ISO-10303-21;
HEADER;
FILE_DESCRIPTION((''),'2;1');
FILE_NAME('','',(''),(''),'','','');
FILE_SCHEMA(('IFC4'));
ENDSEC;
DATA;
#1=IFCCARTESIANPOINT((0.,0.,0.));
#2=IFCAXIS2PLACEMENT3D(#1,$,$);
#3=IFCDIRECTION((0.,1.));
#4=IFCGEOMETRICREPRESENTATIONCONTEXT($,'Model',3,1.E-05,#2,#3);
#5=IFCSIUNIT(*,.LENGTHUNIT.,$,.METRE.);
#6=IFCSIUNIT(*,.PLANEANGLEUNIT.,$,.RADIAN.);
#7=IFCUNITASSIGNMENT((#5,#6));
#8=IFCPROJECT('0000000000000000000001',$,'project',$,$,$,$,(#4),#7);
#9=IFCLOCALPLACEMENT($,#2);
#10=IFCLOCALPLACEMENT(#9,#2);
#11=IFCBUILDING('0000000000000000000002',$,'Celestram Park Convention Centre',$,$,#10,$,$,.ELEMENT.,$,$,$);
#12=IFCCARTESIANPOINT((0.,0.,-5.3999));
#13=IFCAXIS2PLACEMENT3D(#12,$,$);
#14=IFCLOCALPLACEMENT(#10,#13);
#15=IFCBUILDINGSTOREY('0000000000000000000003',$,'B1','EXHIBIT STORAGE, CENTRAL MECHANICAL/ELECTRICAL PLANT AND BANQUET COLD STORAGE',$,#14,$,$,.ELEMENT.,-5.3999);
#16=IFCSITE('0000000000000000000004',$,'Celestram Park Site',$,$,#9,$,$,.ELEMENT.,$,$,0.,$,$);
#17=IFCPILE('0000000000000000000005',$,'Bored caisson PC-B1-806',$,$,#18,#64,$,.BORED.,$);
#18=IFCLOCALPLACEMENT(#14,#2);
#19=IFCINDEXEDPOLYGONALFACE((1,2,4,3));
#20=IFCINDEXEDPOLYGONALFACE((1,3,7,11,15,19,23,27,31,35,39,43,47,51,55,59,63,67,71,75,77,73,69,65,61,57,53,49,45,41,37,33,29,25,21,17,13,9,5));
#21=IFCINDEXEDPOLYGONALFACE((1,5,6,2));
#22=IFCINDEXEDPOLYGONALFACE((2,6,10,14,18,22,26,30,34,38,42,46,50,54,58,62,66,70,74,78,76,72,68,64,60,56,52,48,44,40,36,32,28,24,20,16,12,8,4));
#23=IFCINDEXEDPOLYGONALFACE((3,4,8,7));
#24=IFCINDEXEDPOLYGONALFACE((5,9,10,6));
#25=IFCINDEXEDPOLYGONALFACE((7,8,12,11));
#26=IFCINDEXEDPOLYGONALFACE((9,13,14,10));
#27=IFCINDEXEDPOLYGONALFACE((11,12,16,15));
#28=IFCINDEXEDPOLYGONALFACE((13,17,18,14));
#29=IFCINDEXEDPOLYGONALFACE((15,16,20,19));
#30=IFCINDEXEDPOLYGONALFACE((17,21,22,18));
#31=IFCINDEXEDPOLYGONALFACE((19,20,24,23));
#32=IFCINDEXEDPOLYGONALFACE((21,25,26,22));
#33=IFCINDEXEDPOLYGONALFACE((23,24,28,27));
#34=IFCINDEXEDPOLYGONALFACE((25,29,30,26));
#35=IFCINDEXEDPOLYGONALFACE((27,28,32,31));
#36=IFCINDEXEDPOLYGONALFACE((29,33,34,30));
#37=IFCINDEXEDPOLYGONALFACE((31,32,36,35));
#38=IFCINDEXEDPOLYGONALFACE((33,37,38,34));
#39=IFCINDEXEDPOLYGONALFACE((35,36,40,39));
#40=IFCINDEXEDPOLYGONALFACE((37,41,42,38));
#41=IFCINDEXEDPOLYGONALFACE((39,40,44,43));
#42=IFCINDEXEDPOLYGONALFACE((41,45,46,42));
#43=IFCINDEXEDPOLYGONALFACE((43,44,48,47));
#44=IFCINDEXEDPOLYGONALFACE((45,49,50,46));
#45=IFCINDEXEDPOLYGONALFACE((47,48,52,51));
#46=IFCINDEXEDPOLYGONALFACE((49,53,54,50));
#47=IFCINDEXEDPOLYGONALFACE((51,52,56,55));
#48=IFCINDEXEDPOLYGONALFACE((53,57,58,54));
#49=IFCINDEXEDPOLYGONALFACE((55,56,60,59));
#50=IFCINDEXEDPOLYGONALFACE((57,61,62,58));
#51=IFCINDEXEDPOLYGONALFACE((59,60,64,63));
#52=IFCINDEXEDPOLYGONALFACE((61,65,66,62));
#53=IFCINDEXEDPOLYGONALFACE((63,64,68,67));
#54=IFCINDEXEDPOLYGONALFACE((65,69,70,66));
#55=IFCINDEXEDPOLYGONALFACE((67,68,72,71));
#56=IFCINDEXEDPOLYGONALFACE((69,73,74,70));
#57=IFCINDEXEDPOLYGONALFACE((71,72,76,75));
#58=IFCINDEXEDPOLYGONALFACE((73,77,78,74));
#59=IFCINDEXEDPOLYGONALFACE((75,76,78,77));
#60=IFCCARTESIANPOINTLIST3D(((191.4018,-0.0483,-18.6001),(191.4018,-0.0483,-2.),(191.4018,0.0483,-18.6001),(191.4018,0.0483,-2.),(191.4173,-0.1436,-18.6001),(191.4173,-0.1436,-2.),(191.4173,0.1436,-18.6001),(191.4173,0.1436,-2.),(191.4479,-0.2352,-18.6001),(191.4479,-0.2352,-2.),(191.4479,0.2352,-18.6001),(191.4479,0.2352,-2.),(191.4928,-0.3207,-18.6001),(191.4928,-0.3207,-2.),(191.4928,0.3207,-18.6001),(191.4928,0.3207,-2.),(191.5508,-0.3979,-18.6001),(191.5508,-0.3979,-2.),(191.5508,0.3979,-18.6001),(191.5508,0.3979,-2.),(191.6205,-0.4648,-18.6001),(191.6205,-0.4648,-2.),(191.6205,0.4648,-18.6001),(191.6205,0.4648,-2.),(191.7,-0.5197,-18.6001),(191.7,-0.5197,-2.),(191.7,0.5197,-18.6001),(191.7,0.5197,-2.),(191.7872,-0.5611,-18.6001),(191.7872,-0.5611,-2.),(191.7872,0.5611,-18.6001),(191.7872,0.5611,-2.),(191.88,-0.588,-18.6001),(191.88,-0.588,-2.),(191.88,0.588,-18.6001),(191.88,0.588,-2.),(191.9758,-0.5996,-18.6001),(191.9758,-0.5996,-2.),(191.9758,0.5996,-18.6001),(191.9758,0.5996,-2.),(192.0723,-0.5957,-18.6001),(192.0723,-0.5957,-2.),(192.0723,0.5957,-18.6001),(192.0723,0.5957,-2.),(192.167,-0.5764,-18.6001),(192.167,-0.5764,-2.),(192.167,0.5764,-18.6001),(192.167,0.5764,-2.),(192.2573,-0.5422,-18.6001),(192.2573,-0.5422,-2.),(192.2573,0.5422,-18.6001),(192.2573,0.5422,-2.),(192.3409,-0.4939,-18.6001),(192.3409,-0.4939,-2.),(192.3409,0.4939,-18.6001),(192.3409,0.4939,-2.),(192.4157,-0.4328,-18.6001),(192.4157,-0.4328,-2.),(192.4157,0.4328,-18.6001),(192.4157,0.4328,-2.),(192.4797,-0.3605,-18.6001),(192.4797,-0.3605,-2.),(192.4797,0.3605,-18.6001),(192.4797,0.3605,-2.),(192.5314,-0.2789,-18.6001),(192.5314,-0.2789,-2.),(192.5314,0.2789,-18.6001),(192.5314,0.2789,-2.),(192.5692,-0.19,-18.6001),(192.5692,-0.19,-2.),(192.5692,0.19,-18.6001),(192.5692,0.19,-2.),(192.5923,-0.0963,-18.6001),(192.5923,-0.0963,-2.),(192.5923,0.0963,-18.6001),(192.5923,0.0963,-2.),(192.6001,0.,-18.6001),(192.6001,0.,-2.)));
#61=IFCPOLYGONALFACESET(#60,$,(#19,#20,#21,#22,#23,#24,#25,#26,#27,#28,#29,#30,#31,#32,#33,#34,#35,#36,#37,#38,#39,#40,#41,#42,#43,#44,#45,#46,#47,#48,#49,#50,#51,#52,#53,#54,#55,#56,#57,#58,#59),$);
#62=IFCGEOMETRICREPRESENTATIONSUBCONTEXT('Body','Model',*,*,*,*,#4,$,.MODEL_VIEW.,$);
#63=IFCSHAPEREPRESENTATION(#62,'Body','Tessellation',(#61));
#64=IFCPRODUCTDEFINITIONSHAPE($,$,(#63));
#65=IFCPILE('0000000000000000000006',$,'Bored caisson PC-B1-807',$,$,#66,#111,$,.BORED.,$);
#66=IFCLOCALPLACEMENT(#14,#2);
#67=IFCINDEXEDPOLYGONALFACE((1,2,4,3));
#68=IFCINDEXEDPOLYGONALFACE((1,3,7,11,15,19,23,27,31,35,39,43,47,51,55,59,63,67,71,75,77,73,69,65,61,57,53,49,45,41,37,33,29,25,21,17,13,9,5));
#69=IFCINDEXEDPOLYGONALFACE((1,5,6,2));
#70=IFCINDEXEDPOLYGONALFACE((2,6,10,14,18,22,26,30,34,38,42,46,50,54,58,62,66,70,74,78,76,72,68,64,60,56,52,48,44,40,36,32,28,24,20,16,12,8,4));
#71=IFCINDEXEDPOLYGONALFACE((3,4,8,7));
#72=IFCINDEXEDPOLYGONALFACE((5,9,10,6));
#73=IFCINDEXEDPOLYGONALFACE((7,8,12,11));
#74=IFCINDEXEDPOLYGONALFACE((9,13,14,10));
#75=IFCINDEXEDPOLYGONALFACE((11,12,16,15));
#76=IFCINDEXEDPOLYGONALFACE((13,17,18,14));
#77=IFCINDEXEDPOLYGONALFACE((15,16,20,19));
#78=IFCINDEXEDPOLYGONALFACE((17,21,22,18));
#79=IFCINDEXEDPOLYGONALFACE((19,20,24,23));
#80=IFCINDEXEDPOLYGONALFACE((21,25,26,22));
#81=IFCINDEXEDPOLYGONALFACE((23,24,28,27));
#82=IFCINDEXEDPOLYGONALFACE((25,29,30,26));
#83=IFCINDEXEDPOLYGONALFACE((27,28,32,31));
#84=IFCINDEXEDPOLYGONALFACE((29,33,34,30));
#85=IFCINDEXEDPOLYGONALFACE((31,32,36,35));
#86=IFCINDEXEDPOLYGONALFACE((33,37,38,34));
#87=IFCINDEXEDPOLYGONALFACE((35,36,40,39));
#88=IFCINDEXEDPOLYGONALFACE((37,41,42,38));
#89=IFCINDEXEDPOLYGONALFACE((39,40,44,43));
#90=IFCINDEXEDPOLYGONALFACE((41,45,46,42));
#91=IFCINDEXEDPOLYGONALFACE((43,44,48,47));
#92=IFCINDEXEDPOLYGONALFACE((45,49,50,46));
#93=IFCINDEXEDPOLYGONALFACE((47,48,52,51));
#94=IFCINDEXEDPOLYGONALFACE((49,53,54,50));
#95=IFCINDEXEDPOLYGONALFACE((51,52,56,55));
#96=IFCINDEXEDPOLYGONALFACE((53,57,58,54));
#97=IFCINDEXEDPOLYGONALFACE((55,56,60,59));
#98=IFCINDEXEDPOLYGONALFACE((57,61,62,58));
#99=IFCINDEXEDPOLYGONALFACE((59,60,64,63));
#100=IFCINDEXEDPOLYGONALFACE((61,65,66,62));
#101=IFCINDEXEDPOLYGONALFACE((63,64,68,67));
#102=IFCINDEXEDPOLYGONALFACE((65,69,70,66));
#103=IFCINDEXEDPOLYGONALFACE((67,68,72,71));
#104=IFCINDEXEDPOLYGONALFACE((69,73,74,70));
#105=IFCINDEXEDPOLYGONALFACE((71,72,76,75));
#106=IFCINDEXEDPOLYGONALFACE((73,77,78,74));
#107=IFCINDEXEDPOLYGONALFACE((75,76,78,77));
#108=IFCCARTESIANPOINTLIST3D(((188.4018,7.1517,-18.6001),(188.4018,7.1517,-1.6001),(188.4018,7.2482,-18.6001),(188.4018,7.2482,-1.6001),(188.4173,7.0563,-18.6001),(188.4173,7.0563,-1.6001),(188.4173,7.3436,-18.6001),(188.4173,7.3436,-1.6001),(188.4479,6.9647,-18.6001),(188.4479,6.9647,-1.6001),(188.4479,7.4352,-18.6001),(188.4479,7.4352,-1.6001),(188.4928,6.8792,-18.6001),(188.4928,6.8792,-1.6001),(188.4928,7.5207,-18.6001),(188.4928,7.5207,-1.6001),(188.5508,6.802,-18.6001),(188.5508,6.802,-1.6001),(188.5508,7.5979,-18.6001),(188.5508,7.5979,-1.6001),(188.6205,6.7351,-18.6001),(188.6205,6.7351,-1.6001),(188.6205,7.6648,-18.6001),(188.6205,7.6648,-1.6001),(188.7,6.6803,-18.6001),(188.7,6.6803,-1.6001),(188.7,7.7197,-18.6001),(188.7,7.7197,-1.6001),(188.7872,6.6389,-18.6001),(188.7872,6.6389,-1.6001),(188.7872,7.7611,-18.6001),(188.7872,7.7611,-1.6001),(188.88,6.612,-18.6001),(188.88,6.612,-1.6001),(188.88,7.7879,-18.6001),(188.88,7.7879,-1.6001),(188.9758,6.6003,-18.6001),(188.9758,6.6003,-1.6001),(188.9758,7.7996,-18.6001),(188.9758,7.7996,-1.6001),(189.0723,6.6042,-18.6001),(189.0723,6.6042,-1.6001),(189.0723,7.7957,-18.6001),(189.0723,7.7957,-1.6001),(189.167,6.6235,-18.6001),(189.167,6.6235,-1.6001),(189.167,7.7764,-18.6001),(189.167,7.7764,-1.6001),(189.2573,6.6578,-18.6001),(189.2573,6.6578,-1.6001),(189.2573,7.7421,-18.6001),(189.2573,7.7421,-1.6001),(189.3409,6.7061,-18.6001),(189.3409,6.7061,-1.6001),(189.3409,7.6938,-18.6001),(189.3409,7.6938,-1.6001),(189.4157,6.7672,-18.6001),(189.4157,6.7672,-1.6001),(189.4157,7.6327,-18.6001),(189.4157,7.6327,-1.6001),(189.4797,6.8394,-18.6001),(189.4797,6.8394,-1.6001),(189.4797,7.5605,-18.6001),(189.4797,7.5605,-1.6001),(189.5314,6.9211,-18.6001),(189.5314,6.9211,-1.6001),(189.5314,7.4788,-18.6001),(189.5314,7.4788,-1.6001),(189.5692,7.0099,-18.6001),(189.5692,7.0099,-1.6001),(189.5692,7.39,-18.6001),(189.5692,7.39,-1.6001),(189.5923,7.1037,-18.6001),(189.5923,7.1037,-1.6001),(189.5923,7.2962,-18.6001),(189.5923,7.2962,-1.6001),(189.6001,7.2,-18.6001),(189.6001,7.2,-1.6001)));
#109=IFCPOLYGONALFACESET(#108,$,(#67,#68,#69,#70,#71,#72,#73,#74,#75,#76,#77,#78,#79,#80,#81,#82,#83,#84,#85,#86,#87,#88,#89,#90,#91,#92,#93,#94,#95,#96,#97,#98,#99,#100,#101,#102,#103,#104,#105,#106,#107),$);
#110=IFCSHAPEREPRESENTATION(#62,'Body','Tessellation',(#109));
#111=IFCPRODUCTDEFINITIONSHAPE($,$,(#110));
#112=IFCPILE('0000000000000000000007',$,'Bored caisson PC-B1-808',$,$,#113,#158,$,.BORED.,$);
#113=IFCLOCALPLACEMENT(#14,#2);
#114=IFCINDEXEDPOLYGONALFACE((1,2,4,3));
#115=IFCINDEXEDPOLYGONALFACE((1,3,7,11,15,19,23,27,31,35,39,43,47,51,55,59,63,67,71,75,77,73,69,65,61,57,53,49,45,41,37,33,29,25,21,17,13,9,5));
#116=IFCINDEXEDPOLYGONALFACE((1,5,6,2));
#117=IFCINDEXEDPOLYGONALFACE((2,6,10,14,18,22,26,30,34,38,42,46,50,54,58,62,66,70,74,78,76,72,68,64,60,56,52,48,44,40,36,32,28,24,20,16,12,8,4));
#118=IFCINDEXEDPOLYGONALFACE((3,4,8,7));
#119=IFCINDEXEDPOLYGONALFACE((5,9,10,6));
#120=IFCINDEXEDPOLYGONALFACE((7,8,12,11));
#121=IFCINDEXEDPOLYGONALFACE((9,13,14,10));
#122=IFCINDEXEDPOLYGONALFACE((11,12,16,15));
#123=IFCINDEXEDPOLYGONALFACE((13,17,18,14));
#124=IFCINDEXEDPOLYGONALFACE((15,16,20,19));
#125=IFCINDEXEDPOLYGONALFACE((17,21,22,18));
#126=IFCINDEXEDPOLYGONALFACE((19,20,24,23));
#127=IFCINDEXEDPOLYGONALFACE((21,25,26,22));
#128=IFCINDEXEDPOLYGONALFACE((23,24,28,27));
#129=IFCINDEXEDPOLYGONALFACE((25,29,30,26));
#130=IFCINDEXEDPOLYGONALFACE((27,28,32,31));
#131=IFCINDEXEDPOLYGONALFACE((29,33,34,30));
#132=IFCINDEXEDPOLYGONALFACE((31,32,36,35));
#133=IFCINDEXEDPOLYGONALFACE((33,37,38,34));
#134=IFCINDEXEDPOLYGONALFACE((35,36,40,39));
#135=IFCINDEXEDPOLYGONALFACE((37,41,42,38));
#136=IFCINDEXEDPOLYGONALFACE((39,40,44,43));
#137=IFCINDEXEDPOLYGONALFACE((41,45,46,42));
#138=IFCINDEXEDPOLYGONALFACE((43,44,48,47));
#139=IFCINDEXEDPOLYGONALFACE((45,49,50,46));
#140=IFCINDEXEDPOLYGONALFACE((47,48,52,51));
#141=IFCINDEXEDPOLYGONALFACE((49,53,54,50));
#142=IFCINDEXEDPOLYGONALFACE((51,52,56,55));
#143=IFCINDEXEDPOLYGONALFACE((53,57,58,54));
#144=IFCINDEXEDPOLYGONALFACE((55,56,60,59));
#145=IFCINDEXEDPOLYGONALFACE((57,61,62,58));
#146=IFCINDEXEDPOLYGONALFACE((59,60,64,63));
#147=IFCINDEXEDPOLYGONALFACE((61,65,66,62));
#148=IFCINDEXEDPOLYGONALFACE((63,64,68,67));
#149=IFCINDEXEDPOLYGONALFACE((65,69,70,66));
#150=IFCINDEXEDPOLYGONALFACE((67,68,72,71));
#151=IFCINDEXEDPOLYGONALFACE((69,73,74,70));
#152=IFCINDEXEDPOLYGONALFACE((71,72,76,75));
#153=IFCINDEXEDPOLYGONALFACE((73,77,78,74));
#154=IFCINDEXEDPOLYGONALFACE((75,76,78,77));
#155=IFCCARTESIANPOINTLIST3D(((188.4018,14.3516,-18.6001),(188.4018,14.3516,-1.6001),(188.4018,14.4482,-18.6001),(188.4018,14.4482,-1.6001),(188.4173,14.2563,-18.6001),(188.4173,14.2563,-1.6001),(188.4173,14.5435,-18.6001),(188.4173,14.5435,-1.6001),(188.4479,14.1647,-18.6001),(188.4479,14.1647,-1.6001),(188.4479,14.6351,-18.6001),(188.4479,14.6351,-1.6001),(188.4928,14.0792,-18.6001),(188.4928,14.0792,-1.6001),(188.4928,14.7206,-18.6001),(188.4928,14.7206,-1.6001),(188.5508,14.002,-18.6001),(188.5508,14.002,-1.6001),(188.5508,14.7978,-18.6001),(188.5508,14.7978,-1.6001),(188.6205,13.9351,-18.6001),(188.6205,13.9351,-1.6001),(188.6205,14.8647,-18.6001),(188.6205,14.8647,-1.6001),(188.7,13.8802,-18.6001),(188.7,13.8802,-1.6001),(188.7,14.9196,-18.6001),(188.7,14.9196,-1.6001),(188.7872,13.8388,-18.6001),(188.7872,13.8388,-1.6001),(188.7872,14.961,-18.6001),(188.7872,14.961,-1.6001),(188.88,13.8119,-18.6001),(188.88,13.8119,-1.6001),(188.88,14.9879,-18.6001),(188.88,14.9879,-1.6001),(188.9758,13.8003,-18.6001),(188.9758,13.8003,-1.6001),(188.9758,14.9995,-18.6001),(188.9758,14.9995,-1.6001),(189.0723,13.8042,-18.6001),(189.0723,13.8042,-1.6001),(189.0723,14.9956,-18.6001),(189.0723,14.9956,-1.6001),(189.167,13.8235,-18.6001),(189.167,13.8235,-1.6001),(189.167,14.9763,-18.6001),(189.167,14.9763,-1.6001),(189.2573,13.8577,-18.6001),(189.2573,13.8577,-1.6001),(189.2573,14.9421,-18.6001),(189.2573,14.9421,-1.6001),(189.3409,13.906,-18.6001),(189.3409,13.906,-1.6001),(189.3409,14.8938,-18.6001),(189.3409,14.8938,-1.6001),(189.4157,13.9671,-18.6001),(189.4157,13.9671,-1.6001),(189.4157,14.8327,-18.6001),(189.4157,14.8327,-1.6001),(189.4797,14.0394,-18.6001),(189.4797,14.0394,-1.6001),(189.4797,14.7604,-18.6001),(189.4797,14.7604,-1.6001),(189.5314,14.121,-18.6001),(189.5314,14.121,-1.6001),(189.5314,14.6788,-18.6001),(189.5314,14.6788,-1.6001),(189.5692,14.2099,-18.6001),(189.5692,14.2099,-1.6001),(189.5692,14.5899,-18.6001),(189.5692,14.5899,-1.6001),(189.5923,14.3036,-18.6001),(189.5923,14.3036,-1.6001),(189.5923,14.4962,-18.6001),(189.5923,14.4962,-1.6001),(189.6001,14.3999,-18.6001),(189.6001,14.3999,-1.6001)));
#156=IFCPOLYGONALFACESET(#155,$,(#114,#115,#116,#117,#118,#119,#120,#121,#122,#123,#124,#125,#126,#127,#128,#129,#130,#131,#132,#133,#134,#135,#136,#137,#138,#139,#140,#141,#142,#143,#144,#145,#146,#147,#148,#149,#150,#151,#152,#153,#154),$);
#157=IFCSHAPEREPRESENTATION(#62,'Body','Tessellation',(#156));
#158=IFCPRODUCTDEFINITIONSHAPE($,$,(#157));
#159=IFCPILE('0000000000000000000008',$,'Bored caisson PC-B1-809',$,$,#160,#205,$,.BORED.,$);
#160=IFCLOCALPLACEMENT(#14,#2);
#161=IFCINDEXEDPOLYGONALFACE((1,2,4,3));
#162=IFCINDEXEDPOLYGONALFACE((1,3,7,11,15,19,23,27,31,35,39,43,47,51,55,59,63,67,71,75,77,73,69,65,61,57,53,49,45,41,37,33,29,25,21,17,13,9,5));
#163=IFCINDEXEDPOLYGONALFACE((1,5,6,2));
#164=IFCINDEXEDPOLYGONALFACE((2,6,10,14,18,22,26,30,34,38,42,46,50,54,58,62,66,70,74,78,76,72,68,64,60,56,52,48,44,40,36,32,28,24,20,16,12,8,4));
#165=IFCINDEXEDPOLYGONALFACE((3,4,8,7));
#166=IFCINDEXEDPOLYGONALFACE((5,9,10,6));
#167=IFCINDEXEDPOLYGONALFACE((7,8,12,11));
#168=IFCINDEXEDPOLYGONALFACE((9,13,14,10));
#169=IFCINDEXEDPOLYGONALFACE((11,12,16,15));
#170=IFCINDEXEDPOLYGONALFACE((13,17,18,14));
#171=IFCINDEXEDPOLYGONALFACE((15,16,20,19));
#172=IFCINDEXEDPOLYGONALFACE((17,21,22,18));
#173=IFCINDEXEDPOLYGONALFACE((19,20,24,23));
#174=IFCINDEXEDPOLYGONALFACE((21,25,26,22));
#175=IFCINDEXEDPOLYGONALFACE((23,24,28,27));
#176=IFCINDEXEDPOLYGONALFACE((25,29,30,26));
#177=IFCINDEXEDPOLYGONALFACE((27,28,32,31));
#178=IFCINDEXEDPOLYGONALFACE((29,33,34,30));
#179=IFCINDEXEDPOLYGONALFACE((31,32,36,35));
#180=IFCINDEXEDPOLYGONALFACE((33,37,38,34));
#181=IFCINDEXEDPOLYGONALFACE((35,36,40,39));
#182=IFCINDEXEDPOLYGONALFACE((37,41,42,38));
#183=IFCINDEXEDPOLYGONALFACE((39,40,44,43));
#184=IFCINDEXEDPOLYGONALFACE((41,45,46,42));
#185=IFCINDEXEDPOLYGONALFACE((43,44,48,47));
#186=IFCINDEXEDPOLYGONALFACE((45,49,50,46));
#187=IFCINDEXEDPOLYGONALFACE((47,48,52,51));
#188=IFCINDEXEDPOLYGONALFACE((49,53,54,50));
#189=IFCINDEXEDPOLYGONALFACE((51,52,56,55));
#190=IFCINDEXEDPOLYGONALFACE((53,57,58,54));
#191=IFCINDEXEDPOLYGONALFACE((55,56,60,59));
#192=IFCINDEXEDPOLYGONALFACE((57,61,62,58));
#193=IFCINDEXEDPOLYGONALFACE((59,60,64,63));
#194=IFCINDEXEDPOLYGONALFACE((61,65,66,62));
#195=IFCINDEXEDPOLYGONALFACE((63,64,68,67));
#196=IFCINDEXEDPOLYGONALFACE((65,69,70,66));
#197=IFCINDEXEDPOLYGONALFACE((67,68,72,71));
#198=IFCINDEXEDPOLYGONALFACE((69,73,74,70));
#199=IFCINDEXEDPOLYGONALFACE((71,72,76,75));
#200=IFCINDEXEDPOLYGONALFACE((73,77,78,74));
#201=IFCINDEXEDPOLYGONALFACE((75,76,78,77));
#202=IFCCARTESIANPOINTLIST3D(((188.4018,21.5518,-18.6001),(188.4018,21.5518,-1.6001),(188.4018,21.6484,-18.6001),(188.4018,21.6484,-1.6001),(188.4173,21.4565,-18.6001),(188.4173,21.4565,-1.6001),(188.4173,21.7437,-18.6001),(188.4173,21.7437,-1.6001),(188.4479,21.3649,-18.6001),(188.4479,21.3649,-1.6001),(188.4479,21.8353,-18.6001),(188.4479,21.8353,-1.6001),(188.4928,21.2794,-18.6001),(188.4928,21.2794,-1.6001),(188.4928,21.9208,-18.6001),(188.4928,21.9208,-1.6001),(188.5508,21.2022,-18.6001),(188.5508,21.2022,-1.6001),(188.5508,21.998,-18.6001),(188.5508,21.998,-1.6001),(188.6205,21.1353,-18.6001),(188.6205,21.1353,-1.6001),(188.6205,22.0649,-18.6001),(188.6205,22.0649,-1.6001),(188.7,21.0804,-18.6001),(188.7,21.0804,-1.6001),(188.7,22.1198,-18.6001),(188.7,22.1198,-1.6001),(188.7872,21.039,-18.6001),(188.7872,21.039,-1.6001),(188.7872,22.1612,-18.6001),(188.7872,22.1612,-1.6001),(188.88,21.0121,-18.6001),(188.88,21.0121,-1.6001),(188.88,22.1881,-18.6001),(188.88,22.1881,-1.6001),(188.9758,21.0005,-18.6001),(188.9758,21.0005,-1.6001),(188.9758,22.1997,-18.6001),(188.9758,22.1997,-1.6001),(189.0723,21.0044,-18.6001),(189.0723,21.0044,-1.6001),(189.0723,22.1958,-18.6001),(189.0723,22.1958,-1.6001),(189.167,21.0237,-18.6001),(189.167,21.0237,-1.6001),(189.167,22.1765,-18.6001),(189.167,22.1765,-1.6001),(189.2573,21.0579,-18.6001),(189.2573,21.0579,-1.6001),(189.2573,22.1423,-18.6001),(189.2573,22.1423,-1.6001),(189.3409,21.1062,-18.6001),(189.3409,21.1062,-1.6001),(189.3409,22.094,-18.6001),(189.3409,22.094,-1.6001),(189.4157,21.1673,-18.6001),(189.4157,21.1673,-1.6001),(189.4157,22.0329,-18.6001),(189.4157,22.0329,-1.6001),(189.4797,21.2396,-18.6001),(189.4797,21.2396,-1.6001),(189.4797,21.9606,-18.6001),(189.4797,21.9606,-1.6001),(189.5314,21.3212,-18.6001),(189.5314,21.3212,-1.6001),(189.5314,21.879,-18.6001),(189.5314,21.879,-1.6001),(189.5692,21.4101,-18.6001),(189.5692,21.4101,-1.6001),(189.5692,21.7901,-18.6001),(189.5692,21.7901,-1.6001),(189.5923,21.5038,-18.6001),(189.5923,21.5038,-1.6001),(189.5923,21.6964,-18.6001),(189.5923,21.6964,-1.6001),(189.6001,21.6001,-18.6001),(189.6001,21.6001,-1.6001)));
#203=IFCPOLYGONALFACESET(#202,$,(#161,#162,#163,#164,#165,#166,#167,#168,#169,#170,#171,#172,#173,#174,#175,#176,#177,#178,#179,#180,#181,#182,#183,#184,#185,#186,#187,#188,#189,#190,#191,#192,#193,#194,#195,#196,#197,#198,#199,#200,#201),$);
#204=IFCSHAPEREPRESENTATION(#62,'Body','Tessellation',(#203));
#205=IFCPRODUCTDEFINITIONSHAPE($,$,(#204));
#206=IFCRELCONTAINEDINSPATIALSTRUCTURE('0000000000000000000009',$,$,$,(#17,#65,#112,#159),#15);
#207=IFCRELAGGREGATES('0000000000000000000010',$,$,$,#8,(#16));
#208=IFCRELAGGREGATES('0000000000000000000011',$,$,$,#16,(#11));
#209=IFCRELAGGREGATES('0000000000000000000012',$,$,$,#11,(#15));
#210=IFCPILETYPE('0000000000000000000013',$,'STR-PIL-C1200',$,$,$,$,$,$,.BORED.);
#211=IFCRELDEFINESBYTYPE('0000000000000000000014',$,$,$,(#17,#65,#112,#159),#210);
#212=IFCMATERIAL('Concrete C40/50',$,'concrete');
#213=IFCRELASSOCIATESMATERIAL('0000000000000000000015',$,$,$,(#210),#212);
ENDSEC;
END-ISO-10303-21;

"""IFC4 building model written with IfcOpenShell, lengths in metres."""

from ifc_helpers import new_model, si_unit, direction, frame, origin, origin_2d, place, context, subcontext, project, spatial, circle, extrude, material, material_profile, profile_set, type_object, element, save


model = new_model("IFC4")

# Units and contexts
model_context = context("Model", 3, precision=1e-05, world=origin(), true_north=direction((0.0, 1.0)))
body_context = subcontext(model_context, "Body", "Model", "MODEL_VIEW")
ifc_project = project(units=[si_unit("LENGTHUNIT", "METRE"), si_unit("PLANEANGLEUNIT", "RADIAN")], contexts=[model_context])

# Site, building, storey
site_placement = place(None, origin())
site = spatial("IfcSite", under=ifc_project, at=site_placement, Name="Celestram Park Site", CompositionType="ELEMENT", RefElevation=0.0)
building_placement = place(site_placement, origin())
building = spatial("IfcBuilding", under=site, at=building_placement, Name="Celestram Park Convention Centre", CompositionType="ELEMENT")
storey_placement = place(building_placement, frame((0.0, 0.0, -5.3999)))
storey = spatial("IfcBuildingStorey", under=building, at=storey_placement, Name="B1", Description="EXHIBIT STORAGE, CENTRAL MECHANICAL/ELECTRICAL PLANT AND BANQUET COLD STORAGE", CompositionType="ELEMENT", Elevation=-5.3999)

# Shared definitions
ifc_material_1 = material(Name="Concrete C40/50", Category="concrete")

# Piles
ifc_material_profile_1 = material_profile(ifc_material_1, circle(Radius=0.6001, at=origin_2d()), Name="CAISSON1200")
ifc_profile_set_1 = profile_set([ifc_material_profile_1], Name="Concrete C40/50")
pile_type_1 = type_object("IfcPileType", Name="STR-PIL-C1200", PredefinedType="BORED", material=ifc_profile_set_1)
for number, where, z_axis, x_axis, name in (
    (1, (192.0, 0.0, -2.0), (0.0, 0.0, -1.0), (1.0, 0.0, 0.0), "Bored caisson PC-B1-806"),
):
    element("IfcPile", number, at=place(storey_placement, frame(where, z_axis=z_axis, x_axis=x_axis)), inside=storey, type_object=pile_type_1, Name=name, PredefinedType="BORED", context=body_context, shape_type="SweptSolid", body=[
        extrude(circle(Radius=0.6001, at=origin_2d()), origin(), (0.0, 0.0, 1.0), 16.6001),
    ])
for number, where, z_axis, x_axis, name in (
    (2, (189.0, 7.2, -1.6001), (0.0, 0.0, -1.0), (1.0, 0.0, 0.0), "Bored caisson PC-B1-807"),
    (3, (189.0, 14.3999, -1.6001), (0.0, 0.0, -1.0), (1.0, 0.0, 0.0), "Bored caisson PC-B1-808"),
    (4, (189.0, 21.6001, -1.6001), (0.0, 0.0, -1.0), (1.0, 0.0, 0.0), "Bored caisson PC-B1-809"),
):
    element("IfcPile", number, at=place(storey_placement, frame(where, z_axis=z_axis, x_axis=x_axis)), inside=storey, type_object=pile_type_1, Name=name, PredefinedType="BORED", context=body_context, shape_type="SweptSolid", body=[
        extrude(circle(Radius=0.6001, at=origin_2d()), origin(), (0.0, 0.0, 1.0), 17.0),
    ])

save(model, "model.ifc")
